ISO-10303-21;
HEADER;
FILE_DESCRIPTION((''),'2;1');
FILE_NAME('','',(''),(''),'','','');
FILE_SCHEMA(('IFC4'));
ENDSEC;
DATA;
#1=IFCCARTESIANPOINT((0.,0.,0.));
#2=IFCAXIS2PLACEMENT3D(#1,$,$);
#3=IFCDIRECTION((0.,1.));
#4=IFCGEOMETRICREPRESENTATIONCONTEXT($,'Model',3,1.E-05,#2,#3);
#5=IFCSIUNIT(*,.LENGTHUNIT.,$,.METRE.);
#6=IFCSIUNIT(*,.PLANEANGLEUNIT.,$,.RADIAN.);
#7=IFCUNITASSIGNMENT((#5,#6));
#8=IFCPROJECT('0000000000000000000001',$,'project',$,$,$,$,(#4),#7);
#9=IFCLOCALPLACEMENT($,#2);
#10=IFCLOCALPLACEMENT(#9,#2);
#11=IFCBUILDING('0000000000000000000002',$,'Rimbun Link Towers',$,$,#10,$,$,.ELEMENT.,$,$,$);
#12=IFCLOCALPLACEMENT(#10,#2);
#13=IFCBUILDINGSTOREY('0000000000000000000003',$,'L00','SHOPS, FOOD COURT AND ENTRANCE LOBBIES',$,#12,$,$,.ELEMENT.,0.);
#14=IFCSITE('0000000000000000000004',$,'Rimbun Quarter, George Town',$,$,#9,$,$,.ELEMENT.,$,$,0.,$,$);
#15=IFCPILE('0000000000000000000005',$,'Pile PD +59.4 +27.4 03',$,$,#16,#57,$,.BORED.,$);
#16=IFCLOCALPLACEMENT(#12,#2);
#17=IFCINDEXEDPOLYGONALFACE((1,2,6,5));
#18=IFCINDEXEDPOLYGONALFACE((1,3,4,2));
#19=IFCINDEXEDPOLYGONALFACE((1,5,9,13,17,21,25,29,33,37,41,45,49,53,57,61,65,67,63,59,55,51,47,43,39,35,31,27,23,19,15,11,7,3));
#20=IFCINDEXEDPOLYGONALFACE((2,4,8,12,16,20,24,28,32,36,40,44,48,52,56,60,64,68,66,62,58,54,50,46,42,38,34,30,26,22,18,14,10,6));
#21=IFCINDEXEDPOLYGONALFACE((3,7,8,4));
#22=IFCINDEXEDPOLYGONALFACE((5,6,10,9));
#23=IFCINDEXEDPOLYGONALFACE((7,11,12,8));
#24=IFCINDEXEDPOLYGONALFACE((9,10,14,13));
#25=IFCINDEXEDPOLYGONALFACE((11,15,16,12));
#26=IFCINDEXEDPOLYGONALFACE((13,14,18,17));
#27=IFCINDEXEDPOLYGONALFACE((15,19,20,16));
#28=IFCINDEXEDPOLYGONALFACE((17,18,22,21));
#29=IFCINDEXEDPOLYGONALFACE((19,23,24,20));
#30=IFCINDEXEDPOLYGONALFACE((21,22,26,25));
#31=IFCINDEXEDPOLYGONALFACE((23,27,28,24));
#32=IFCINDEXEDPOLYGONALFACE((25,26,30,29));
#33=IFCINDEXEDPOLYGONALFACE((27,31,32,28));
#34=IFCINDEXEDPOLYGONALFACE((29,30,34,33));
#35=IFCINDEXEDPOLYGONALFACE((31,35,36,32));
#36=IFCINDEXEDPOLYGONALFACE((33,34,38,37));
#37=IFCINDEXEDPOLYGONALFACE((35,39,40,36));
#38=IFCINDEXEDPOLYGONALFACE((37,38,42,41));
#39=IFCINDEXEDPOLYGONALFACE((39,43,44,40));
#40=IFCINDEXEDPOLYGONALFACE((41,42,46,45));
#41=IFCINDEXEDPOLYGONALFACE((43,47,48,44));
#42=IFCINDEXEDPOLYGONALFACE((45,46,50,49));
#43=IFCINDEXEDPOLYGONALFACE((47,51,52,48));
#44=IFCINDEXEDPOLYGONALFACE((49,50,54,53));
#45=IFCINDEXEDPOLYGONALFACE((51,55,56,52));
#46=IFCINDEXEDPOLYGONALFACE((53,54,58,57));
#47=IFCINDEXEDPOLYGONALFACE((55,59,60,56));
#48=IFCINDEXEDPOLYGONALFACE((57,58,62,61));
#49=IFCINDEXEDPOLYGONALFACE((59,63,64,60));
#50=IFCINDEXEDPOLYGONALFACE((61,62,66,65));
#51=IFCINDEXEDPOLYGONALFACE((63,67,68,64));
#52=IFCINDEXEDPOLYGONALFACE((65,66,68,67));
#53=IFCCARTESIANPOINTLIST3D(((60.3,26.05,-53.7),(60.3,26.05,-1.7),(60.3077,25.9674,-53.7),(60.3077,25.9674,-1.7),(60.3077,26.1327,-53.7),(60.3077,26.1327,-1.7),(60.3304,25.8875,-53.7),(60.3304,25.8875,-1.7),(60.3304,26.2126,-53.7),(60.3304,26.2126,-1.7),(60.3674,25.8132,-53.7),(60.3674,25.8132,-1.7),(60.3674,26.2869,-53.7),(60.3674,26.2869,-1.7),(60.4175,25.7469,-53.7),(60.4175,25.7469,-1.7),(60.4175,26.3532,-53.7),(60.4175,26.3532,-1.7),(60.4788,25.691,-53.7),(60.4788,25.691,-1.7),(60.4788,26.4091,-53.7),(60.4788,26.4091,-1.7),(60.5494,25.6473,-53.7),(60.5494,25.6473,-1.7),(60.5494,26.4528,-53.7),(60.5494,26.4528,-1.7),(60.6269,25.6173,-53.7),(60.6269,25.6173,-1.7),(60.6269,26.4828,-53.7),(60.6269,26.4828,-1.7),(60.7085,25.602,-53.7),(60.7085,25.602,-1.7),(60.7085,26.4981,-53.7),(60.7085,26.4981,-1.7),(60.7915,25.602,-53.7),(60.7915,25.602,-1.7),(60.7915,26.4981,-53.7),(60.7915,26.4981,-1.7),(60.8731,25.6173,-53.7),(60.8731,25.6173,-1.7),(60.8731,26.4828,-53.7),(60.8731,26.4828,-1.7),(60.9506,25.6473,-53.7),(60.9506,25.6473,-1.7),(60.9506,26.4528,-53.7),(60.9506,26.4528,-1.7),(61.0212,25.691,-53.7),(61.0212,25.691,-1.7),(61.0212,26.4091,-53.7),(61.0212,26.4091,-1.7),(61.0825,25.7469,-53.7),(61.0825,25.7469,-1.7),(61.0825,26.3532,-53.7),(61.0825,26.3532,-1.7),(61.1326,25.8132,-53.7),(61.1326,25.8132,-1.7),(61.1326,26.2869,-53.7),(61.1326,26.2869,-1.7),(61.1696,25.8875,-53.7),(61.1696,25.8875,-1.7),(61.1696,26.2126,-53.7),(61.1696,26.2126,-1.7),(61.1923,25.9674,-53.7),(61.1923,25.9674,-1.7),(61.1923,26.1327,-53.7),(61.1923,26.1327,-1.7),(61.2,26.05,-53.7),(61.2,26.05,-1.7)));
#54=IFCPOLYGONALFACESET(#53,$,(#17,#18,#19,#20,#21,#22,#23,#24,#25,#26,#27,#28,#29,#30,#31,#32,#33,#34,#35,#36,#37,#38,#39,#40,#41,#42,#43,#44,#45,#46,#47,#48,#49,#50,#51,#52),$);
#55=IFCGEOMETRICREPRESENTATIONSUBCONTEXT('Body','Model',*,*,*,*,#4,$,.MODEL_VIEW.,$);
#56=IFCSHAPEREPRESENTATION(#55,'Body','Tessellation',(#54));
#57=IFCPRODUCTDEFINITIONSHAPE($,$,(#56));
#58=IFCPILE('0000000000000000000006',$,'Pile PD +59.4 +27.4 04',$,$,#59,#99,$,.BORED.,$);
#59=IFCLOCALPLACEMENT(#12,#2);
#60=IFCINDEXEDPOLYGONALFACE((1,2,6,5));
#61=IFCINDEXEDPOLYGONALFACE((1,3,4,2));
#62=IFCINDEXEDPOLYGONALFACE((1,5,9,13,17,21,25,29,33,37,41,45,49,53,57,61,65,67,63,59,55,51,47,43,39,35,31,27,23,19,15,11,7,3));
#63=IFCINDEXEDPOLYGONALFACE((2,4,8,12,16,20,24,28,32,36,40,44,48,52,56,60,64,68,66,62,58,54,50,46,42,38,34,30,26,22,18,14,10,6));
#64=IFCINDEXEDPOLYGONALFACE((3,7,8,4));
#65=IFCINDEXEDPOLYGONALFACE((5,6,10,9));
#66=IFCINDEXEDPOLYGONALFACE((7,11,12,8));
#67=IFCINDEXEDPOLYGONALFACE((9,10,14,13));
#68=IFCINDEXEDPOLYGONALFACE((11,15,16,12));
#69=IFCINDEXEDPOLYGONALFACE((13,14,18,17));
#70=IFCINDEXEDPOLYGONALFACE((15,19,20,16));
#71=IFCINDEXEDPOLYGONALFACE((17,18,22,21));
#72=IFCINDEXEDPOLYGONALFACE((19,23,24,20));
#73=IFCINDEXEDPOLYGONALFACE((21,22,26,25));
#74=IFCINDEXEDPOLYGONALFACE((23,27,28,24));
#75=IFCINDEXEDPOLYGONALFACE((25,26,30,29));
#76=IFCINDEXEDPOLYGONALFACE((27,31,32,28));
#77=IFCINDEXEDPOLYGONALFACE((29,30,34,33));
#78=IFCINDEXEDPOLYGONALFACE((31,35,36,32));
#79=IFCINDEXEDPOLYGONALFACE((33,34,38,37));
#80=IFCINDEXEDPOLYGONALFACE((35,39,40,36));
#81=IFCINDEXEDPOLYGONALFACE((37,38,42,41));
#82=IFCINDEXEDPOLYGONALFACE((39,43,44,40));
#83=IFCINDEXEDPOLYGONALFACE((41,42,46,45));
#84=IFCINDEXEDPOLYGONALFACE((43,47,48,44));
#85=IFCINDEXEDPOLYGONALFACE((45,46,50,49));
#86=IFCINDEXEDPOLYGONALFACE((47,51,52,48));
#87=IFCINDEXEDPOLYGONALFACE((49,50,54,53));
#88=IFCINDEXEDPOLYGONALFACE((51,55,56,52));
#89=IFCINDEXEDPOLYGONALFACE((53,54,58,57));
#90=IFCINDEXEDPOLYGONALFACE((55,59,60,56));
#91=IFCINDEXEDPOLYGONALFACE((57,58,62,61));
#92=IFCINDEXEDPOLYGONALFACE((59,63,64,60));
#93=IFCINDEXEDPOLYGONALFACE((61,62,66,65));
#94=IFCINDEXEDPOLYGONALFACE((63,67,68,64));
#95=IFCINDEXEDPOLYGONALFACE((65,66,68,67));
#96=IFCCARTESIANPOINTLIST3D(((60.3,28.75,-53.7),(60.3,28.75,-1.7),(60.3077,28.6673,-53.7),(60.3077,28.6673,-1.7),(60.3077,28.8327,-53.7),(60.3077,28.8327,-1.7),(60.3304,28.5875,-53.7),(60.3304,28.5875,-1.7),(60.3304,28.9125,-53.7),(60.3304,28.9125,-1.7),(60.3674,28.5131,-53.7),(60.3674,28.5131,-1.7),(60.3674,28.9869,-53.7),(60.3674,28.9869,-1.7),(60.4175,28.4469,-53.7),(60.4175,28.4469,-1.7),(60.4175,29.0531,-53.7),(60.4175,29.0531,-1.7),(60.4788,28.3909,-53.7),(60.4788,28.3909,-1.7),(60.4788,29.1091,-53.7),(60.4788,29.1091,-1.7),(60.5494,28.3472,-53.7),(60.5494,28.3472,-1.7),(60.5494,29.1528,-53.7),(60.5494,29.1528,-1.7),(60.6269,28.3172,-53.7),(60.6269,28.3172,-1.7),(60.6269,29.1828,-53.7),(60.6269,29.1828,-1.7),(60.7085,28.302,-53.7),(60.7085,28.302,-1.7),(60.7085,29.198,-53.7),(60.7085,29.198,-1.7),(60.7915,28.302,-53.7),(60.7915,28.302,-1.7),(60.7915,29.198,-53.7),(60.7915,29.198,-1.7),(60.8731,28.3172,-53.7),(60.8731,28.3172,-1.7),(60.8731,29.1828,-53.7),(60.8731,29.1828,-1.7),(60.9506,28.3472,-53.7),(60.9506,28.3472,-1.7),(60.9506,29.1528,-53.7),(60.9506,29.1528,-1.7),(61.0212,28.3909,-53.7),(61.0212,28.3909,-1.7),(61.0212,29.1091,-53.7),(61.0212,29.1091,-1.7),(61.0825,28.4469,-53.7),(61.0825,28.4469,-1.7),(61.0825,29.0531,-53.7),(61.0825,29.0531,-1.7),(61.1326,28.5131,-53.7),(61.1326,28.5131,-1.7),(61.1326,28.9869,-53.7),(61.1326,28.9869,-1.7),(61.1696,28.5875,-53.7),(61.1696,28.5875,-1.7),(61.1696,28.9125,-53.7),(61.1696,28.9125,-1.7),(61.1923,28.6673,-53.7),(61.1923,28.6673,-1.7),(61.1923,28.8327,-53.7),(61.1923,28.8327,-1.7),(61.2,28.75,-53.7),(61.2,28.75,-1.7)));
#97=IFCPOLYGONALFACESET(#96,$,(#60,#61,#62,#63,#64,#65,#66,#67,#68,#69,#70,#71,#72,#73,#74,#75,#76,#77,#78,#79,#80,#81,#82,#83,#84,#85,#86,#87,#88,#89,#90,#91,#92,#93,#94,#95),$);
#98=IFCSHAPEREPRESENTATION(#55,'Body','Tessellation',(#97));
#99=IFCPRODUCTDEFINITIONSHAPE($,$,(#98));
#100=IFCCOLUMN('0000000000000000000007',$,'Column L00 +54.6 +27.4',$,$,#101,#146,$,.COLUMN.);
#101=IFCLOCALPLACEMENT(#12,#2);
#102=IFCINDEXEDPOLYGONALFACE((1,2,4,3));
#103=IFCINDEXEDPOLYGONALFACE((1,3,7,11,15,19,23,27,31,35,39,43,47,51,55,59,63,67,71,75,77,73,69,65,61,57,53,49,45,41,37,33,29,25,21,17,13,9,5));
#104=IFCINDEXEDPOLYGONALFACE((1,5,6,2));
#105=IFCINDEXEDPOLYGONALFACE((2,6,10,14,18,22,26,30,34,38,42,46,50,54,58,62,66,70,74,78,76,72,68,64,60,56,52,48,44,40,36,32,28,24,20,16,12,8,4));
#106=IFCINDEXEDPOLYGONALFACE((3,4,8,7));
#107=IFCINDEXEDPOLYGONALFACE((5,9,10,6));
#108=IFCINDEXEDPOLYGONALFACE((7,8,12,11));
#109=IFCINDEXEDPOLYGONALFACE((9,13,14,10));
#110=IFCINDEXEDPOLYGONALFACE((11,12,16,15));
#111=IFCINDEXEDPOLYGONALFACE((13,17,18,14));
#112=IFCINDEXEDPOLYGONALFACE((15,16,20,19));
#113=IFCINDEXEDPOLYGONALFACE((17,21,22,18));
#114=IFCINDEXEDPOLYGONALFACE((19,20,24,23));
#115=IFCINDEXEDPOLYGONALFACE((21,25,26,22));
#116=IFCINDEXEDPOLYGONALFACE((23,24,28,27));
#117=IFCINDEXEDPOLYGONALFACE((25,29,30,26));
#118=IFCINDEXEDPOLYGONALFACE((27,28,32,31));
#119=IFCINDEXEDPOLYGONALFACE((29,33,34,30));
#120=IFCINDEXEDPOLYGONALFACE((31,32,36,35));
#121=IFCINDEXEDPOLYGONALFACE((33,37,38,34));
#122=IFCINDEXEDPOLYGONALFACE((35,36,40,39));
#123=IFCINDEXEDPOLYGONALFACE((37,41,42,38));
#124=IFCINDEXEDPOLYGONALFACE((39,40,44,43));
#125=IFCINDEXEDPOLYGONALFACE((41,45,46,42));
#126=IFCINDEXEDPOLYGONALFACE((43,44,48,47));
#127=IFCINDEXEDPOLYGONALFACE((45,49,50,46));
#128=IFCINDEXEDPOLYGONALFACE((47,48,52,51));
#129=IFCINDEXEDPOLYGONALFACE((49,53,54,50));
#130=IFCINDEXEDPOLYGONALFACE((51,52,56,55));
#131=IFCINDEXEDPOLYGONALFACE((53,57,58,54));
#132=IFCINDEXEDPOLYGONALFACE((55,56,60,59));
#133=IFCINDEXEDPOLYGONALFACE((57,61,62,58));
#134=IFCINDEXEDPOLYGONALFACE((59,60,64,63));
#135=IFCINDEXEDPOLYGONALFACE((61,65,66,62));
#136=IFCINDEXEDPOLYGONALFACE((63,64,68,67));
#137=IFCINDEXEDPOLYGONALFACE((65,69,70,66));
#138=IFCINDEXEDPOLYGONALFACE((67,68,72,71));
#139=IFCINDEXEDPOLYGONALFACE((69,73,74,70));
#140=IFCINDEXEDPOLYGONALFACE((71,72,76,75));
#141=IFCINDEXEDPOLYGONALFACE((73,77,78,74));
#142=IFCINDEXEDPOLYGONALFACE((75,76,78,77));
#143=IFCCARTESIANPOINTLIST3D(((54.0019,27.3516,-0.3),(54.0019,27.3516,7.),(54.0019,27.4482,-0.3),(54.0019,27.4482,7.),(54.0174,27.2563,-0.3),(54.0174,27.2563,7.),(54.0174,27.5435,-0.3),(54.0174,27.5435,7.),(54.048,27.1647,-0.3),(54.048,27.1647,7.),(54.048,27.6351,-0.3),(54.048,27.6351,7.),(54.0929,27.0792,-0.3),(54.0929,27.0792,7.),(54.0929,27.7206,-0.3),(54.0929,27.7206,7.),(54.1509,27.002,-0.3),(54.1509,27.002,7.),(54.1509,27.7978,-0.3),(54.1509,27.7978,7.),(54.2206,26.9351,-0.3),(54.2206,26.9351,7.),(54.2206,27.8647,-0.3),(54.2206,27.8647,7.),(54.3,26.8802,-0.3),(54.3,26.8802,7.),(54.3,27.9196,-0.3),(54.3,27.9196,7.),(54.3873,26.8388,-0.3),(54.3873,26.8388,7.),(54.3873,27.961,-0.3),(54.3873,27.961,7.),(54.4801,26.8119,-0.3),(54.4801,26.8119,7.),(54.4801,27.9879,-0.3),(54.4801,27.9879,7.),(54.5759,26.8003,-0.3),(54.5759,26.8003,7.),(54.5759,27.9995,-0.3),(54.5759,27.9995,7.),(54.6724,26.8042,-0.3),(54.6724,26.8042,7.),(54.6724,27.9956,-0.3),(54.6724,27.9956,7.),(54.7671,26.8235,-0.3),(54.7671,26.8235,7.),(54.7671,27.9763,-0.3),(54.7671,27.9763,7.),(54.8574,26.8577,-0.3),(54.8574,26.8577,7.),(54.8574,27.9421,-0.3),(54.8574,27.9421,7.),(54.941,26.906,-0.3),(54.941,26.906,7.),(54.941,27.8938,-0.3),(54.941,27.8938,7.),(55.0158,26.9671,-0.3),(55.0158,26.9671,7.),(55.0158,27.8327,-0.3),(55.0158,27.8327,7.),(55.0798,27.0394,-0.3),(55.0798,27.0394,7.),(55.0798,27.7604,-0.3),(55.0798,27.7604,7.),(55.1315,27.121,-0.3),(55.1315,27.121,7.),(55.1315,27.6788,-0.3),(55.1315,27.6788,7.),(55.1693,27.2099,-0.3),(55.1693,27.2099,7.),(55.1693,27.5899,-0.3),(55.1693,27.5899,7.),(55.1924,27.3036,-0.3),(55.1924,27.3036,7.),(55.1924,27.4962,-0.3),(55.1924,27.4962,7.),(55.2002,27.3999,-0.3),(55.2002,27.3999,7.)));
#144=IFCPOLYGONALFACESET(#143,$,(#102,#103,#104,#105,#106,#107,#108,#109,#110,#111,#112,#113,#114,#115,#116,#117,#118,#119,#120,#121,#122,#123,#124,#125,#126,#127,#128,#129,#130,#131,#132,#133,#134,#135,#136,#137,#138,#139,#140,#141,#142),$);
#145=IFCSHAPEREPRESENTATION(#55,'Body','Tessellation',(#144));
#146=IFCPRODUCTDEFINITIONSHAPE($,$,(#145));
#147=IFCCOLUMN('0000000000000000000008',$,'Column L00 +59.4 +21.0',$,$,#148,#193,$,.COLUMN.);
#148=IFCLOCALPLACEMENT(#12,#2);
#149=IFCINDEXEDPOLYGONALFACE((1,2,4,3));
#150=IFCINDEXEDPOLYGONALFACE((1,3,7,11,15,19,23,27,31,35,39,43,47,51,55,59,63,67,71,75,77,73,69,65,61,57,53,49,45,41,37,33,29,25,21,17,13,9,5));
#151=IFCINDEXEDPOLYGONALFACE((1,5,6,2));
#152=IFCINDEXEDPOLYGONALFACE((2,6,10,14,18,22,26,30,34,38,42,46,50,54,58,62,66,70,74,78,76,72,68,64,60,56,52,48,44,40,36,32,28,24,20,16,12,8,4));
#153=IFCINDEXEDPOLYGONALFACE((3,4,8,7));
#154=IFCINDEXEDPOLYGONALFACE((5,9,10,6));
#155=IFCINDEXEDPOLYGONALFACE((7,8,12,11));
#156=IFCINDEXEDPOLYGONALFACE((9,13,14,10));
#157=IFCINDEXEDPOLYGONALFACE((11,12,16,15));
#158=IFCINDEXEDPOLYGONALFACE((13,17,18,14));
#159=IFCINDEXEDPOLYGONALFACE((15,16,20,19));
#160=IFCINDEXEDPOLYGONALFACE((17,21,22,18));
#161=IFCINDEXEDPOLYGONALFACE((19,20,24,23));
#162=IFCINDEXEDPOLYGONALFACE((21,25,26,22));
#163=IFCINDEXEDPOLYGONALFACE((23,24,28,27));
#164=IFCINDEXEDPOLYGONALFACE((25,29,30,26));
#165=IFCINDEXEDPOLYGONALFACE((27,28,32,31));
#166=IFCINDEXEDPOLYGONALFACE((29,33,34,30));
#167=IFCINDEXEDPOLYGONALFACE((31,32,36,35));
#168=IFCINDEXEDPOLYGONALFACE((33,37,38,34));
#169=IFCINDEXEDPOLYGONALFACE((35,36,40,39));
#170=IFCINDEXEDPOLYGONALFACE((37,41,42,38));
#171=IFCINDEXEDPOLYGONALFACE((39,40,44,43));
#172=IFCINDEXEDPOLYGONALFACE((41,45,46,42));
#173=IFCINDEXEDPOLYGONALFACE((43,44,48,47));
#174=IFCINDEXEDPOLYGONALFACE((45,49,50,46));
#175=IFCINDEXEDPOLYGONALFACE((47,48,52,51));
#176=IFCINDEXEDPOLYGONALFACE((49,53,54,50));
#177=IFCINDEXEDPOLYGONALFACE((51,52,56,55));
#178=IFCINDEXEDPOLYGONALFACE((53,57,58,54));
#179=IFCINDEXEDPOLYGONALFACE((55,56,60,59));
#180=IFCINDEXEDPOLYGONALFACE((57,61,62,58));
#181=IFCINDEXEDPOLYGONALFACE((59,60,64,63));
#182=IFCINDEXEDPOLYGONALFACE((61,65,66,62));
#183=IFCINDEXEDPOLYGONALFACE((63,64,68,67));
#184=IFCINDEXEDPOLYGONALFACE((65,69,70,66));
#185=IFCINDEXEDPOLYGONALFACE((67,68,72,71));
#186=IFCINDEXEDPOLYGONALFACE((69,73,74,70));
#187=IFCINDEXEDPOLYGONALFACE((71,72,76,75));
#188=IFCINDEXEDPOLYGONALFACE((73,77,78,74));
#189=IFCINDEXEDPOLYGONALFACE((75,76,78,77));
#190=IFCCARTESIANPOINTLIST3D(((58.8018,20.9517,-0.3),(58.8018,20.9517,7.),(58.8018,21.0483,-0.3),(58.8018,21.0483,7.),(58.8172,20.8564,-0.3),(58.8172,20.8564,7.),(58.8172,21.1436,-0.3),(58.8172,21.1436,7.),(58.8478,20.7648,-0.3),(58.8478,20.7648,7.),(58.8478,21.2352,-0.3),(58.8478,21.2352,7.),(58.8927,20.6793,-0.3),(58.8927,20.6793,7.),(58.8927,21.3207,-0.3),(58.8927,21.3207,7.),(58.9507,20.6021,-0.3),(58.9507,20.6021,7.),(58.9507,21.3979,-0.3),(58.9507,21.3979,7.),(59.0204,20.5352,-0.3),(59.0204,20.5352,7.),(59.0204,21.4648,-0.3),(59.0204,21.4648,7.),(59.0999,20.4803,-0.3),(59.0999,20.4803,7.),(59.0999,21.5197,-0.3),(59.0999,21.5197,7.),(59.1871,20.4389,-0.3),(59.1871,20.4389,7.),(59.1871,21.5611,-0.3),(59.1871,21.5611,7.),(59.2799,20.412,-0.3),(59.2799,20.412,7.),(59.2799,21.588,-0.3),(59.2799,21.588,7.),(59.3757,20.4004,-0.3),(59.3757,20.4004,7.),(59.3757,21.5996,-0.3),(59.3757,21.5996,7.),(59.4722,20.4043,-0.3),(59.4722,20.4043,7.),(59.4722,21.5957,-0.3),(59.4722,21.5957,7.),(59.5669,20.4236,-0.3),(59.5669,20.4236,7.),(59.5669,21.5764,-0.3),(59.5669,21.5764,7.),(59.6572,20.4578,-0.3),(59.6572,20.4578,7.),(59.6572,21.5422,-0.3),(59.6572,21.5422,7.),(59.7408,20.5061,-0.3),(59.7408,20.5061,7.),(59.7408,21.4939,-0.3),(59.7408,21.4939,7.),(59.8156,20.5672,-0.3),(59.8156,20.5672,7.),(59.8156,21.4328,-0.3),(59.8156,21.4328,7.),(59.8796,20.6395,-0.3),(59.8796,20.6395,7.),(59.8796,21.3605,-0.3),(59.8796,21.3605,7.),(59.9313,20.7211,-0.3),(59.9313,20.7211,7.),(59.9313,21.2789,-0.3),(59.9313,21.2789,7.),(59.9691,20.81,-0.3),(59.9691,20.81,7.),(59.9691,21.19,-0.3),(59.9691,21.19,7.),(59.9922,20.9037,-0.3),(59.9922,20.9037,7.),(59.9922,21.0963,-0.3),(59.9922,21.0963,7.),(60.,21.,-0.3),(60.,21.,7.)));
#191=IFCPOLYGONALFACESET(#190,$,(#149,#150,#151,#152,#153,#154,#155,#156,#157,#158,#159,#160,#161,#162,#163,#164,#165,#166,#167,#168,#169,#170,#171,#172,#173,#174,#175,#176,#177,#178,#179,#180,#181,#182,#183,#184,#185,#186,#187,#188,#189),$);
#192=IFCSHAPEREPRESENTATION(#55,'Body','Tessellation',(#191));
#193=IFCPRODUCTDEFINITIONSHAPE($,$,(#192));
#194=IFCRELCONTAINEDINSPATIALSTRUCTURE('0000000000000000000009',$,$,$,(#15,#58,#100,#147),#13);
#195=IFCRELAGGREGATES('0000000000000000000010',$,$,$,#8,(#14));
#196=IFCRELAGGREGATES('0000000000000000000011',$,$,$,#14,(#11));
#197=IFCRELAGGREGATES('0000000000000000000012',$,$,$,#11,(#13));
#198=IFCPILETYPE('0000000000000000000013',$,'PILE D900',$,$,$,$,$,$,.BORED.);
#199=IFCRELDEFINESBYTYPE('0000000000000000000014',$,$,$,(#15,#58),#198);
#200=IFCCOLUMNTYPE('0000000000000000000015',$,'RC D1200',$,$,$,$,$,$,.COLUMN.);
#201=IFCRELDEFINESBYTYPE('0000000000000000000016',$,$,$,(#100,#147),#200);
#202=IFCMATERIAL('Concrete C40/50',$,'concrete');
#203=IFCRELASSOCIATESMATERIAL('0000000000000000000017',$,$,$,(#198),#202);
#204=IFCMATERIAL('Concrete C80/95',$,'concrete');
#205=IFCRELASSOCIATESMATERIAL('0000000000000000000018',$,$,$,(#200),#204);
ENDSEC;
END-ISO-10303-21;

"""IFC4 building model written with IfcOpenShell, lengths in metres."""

from ifc_helpers import new_model, si_unit, direction, frame, origin, origin_2d, place, context, subcontext, project, spatial, circle, extrude, material, material_profile, profile_set, type_object, element, save


model = new_model("IFC4")

# Units and contexts
model_context = context("Model", 3, precision=1e-05, world=origin(), true_north=direction((0.0, 1.0)))
body_context = subcontext(model_context, "Body", "Model", "MODEL_VIEW")
ifc_project = project(units=[si_unit("LENGTHUNIT", "METRE"), si_unit("PLANEANGLEUNIT", "RADIAN")], contexts=[model_context])

# Site, building, storey
site_placement = place(None, origin())
site = spatial("IfcSite", under=ifc_project, at=site_placement, Name="Rimbun Quarter, George Town", CompositionType="ELEMENT", RefElevation=0.0)
building_placement = place(site_placement, origin())
building = spatial("IfcBuilding", under=site, at=building_placement, Name="Rimbun Link Towers", CompositionType="ELEMENT")
storey_placement = place(building_placement, origin())
storey = spatial("IfcBuildingStorey", under=building, at=storey_placement, Name="L00", Description="SHOPS, FOOD COURT AND ENTRANCE LOBBIES", CompositionType="ELEMENT", Elevation=0.0)

# Piles
ifc_material_1 = material(Name="Concrete C40/50", Category="concrete")
ifc_material_profile_1 = material_profile(ifc_material_1, circle(Radius=0.45, at=origin_2d()), Name="PILE D900")
ifc_profile_set_1 = profile_set([ifc_material_profile_1], Name="Concrete C40/50")
pile_type = type_object("IfcPileType", Name="PILE D900", PredefinedType="BORED", material=ifc_profile_set_1)
for number, where, z_axis, x_axis, name in (
    (1, (60.75, 26.05, -1.7), (0.0, 0.0, -1.0), (1.0, 0.0, 0.0), "Pile PD +59.4 +27.4 03"),
    (2, (60.75, 28.75, -1.7), (0.0, 0.0, -1.0), (1.0, 0.0, 0.0), "Pile PD +59.4 +27.4 04"),
):
    element("IfcPile", number, at=place(storey_placement, frame(where, z_axis=z_axis, x_axis=x_axis)), inside=storey, type_object=pile_type, Name=name, PredefinedType="BORED", context=body_context, shape_type="SweptSolid", body=[
        extrude(circle(Radius=0.45, at=origin_2d()), origin(), (0.0, 0.0, 1.0), 52.0),
    ])

# Columns
ifc_material_2 = material(Name="Concrete C80/95", Category="concrete")
ifc_material_profile_2 = material_profile(ifc_material_2, circle(Radius=0.6001, at=origin_2d()), Name="RC D1200")
ifc_profile_set_2 = profile_set([ifc_material_profile_2], Name="Concrete C80/95")
column_type = type_object("IfcColumnType", Name="RC D1200", PredefinedType="COLUMN", material=ifc_profile_set_2)
for number, where, z_axis, x_axis, name in (
    (3, (54.6001, 27.3999, -0.3), (0.0, 0.0, 1.0), (1.0, 0.0, 0.0), "Column L00 +54.6 +27.4"),
    (4, (59.3999, 21.0, -0.3), (0.0, 0.0, 1.0), (1.0, 0.0, 0.0), "Column L00 +59.4 +21.0"),
):
    element("IfcColumn", number, at=place(storey_placement, frame(where, z_axis=z_axis, x_axis=x_axis)), inside=storey, type_object=column_type, Name=name, PredefinedType="COLUMN", context=body_context, shape_type="SweptSolid", body=[
        extrude(circle(Radius=0.6001, at=origin_2d()), origin(), (0.0, 0.0, 1.0), 7.3),
    ])

save(model, "model.ifc")
